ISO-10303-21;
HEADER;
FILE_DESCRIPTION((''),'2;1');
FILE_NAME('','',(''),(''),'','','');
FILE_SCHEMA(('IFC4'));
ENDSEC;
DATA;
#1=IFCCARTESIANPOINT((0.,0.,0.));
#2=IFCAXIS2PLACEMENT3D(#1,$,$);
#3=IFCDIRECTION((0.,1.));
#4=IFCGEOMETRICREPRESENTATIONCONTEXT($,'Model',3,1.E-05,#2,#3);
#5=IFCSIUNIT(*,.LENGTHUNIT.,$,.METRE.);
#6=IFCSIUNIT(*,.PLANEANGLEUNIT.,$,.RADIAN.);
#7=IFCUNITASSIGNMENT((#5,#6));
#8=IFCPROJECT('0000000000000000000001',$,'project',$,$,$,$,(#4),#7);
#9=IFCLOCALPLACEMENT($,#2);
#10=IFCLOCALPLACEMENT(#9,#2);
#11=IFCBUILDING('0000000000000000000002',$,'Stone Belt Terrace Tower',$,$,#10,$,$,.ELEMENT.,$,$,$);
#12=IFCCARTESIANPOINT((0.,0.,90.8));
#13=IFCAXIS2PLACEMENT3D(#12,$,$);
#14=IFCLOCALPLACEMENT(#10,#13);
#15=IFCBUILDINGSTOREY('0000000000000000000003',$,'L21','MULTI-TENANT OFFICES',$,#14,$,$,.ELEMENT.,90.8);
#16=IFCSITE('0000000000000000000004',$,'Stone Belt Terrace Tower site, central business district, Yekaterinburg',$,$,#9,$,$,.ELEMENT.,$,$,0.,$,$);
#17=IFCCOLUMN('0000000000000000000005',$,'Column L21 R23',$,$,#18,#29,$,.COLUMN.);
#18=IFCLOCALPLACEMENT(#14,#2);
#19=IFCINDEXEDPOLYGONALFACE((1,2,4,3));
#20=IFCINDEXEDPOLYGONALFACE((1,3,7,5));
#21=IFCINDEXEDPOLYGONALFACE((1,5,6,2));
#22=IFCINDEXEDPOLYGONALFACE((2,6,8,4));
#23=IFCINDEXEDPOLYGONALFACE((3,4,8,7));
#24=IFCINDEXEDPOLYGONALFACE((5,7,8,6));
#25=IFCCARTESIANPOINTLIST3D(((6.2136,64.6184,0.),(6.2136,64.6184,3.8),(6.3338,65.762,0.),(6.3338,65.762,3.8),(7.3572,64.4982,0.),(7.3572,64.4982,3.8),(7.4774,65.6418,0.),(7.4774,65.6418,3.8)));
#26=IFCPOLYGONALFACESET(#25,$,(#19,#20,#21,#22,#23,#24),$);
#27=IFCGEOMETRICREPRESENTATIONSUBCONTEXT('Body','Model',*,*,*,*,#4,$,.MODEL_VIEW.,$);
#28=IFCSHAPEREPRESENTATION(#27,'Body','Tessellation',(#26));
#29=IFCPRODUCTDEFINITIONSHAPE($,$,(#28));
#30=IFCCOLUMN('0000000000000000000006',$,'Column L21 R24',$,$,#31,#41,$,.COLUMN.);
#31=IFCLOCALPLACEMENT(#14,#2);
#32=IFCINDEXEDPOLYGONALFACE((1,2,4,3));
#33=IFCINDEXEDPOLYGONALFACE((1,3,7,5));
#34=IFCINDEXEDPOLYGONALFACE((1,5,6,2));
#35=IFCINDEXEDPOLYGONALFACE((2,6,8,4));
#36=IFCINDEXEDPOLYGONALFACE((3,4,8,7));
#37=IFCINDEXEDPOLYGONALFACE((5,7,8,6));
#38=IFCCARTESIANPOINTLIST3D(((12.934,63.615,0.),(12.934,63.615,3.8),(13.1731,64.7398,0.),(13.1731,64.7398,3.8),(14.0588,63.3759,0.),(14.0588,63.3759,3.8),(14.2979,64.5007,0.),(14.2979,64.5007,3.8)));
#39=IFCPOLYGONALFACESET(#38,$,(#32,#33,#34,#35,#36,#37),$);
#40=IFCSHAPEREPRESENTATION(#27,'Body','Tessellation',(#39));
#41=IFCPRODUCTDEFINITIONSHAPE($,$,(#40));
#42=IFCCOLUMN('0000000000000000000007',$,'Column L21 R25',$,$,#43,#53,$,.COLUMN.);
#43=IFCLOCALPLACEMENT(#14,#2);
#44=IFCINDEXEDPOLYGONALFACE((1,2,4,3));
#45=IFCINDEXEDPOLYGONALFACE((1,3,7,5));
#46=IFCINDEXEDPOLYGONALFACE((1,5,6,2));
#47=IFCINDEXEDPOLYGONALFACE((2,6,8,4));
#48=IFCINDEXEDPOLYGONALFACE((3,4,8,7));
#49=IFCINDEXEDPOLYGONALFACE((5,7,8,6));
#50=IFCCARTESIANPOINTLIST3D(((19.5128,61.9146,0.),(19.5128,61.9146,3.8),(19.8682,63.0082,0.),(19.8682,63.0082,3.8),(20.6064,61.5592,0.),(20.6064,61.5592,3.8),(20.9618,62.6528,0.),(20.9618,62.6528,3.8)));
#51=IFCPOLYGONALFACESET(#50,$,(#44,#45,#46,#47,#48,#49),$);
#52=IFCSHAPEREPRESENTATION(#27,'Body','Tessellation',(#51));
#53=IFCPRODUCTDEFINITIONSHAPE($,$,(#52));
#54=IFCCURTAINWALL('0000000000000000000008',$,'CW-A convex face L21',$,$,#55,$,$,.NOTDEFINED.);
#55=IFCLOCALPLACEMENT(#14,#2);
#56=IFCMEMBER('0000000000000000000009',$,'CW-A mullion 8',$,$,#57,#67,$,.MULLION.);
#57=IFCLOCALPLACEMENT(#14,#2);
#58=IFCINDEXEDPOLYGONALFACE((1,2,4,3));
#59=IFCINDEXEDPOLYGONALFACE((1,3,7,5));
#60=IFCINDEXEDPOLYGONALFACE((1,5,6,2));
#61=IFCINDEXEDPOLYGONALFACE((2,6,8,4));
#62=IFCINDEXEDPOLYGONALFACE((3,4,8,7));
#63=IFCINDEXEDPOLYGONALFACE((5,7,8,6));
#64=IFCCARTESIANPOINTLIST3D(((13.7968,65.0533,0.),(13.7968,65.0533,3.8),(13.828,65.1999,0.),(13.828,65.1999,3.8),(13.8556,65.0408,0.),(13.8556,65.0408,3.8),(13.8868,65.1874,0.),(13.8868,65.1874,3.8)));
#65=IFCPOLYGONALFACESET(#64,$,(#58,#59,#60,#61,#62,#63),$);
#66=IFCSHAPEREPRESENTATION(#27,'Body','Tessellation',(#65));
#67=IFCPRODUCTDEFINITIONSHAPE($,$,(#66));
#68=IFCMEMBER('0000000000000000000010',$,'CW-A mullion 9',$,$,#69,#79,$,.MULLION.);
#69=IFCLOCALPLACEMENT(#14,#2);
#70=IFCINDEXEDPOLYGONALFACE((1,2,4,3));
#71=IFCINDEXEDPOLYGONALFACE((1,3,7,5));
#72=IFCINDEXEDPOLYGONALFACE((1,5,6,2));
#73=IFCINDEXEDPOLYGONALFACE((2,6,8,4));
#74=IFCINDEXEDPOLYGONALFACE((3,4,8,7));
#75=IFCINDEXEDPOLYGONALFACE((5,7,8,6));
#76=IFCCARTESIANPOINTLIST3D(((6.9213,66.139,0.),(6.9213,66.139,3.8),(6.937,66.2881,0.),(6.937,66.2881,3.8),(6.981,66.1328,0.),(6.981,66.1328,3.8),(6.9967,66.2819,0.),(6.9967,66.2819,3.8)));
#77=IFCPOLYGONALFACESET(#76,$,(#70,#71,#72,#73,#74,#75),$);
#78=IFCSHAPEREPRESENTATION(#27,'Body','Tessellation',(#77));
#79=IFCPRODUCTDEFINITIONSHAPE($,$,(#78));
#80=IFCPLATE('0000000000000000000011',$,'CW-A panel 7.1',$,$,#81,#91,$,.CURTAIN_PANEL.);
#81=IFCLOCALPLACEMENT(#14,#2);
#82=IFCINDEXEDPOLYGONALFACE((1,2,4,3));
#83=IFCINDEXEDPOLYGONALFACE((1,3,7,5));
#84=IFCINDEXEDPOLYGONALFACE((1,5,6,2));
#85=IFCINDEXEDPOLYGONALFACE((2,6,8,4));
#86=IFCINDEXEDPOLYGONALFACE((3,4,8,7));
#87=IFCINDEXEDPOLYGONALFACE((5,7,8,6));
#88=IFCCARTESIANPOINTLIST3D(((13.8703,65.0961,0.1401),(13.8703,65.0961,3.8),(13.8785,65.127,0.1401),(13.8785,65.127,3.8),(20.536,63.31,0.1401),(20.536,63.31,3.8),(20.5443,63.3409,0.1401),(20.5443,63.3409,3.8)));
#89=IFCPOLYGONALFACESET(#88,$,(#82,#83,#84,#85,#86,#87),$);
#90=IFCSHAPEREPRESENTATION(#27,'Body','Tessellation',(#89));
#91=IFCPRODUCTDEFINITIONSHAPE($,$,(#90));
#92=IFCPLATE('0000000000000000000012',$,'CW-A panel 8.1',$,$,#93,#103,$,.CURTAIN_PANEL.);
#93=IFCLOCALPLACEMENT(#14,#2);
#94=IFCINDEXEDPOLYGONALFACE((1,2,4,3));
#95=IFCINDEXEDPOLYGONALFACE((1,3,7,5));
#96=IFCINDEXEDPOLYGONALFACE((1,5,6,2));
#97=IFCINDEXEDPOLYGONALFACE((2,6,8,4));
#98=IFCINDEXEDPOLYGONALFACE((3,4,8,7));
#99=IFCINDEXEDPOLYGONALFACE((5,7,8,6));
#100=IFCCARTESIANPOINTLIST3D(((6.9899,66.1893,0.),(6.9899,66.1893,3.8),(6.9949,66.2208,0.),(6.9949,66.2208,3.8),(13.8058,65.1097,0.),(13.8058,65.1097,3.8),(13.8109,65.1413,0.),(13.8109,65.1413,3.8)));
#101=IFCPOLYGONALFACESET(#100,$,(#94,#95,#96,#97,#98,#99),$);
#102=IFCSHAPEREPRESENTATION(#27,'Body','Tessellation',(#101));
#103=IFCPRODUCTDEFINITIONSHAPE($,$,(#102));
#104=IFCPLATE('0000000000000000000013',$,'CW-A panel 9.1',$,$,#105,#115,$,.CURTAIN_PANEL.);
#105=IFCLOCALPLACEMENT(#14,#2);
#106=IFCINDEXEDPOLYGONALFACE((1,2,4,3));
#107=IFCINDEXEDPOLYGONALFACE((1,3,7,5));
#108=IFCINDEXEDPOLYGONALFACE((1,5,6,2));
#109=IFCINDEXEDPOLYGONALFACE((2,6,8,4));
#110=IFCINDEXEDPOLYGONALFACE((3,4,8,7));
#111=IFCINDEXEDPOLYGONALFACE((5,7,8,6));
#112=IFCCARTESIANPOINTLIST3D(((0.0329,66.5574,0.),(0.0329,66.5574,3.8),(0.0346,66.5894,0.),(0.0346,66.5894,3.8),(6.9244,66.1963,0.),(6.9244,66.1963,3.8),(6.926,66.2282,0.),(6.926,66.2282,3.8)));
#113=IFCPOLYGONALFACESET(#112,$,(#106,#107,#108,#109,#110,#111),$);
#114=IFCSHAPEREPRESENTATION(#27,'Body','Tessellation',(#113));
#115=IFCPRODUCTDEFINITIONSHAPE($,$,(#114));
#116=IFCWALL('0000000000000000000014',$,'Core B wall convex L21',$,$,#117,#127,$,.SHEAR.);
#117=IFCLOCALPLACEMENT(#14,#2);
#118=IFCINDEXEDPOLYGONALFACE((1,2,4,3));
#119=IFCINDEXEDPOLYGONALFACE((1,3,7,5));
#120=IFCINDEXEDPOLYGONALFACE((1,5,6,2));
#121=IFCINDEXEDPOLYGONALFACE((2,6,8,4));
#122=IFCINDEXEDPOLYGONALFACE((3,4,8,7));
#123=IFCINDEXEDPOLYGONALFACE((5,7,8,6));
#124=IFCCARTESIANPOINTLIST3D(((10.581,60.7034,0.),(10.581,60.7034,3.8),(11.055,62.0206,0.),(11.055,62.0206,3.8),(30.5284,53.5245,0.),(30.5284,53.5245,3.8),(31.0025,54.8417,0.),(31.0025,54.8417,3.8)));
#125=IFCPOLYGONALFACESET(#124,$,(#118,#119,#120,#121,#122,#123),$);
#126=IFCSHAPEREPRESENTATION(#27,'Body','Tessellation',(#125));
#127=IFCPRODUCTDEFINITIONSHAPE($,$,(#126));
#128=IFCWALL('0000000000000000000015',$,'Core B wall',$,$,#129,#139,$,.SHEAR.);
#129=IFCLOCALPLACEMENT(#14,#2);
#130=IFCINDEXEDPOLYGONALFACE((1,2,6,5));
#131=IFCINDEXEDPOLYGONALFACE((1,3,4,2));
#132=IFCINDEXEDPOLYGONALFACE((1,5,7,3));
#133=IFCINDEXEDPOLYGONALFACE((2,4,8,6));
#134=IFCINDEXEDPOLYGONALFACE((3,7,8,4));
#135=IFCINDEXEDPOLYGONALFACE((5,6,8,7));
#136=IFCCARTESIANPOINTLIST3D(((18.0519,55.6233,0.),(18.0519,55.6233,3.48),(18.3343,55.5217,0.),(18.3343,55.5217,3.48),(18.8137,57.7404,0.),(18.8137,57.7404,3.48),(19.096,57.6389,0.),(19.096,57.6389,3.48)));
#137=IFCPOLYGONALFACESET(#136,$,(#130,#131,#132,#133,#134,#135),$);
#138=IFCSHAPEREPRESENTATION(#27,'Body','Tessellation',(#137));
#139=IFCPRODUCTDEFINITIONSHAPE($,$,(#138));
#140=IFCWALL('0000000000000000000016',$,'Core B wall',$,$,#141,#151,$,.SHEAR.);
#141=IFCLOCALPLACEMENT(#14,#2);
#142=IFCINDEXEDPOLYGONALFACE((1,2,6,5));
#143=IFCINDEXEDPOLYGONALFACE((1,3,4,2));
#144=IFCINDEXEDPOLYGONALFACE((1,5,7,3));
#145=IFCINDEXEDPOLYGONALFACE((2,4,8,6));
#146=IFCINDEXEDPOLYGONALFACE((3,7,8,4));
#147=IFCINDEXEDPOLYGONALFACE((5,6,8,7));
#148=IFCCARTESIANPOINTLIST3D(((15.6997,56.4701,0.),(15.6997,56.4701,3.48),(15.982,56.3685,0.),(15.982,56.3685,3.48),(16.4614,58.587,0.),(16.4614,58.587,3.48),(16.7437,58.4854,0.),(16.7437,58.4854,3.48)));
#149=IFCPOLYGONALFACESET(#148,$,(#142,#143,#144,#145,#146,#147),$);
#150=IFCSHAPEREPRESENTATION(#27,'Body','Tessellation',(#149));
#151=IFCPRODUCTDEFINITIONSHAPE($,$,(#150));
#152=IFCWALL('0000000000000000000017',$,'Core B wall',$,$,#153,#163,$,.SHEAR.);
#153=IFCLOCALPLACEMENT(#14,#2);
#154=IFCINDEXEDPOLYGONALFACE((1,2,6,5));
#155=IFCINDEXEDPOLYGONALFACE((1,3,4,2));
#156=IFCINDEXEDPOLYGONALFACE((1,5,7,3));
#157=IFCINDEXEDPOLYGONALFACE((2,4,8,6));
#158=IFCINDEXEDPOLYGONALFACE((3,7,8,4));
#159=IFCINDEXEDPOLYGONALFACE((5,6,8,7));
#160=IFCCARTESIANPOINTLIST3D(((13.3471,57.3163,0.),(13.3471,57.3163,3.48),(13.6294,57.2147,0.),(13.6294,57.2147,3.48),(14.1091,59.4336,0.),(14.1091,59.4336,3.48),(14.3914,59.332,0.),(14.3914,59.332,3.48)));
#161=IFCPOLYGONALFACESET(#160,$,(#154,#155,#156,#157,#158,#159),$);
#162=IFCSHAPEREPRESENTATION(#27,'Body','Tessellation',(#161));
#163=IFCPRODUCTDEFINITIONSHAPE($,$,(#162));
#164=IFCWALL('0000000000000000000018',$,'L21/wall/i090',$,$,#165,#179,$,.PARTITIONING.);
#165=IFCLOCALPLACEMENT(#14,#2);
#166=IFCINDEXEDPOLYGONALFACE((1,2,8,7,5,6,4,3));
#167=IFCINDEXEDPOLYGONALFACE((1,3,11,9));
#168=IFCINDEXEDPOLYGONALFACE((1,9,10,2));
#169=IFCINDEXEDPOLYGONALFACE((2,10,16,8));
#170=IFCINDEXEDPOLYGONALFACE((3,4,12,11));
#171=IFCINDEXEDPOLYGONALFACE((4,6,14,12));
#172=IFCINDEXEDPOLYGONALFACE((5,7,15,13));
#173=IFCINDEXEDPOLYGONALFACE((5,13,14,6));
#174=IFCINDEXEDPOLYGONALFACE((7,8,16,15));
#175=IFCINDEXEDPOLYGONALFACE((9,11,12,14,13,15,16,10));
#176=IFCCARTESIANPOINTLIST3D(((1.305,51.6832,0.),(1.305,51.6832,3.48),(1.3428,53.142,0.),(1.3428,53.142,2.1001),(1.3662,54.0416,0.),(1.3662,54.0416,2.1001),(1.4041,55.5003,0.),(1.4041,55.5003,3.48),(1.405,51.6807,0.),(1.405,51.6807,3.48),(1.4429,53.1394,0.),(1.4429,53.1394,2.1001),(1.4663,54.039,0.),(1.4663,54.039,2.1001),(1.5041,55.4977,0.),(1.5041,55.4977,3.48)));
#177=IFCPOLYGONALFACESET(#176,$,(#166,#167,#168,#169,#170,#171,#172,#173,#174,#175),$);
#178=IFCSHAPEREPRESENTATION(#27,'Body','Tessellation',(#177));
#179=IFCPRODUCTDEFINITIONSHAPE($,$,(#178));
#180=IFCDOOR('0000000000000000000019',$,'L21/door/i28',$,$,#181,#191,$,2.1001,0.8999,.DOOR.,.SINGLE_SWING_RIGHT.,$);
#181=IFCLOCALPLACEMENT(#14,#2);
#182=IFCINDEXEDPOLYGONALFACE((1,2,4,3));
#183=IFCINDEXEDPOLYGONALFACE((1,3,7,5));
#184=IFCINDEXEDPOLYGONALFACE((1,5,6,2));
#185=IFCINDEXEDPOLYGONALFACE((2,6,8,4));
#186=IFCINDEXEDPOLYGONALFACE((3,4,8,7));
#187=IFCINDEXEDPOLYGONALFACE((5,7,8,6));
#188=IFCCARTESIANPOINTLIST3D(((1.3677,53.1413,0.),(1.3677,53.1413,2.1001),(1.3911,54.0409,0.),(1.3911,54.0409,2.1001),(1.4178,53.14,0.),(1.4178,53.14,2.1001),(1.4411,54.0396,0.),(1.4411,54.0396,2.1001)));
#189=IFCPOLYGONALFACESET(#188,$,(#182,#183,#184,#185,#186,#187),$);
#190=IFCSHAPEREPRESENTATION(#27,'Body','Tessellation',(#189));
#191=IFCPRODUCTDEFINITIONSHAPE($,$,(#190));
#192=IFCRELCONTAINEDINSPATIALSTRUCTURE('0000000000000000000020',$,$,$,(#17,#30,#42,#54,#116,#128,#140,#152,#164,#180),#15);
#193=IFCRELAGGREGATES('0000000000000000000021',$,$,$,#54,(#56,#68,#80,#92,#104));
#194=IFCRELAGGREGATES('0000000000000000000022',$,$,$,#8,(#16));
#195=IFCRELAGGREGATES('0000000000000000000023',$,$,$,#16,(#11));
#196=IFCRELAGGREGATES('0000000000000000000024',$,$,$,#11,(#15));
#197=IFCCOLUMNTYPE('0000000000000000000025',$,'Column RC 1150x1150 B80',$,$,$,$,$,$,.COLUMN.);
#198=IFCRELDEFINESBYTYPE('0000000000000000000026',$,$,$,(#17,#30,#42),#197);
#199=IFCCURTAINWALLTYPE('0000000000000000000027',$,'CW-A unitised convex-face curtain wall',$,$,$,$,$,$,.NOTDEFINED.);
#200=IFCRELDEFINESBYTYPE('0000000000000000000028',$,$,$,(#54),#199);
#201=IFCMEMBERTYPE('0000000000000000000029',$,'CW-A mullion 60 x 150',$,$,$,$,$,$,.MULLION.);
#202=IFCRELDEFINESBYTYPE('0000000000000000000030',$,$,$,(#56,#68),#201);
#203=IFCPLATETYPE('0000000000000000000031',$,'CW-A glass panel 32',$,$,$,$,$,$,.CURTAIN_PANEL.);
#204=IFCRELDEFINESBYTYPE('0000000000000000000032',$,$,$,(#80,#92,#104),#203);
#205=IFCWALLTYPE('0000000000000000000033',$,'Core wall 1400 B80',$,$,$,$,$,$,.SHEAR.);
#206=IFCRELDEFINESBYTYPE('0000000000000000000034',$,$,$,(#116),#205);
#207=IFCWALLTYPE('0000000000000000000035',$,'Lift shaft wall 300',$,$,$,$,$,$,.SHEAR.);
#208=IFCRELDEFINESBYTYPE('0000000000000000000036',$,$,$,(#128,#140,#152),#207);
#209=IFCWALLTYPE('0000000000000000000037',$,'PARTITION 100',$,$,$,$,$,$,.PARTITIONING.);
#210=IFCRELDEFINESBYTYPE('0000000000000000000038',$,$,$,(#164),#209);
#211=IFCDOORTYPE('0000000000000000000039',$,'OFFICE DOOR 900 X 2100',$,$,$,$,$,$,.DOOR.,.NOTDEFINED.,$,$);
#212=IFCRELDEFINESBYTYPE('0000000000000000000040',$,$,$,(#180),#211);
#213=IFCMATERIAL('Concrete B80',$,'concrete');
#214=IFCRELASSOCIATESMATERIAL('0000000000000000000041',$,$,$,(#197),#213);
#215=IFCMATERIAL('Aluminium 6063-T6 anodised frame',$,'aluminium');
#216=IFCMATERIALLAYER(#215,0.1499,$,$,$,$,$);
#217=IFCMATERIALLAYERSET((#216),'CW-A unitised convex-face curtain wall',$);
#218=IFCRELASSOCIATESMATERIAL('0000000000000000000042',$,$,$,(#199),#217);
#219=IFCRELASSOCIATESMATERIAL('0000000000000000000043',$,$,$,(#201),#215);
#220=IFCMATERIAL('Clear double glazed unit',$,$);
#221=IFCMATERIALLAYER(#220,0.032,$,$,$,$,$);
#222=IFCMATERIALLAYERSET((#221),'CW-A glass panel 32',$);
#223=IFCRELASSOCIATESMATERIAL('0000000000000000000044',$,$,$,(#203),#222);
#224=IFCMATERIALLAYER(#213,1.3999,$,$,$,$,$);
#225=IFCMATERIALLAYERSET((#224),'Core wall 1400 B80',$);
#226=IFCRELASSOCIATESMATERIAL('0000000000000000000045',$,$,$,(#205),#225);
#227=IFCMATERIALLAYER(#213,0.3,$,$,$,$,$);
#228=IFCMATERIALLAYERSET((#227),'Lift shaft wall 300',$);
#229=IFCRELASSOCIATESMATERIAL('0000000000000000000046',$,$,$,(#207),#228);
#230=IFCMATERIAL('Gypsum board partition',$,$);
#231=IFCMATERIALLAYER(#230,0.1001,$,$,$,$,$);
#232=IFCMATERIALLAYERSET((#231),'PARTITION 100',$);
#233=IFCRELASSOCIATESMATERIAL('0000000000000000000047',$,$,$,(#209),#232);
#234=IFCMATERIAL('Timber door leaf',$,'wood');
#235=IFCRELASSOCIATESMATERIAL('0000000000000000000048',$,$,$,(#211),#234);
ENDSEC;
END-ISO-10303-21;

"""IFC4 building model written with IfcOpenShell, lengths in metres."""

from ifc_helpers import new_model, si_unit, direction, frame, frame_2d, origin, origin_2d, place, context, subcontext, project, spatial, rectangle, extrude, material, layer, layer_set, material_profile, profile_set, type_object, element, fill, aggregate, save


model = new_model("IFC4")

# Units and contexts
model_context = context("Model", 3, precision=1e-05, world=origin(), true_north=direction((0.0, 1.0)))
body_context = subcontext(model_context, "Body", "Model", "MODEL_VIEW")
ifc_project = project(units=[si_unit("LENGTHUNIT", "METRE"), si_unit("PLANEANGLEUNIT", "RADIAN")], contexts=[model_context])

# Site, building, storey
site_placement = place(None, origin())
site = spatial("IfcSite", under=ifc_project, at=site_placement, Name="Stone Belt Terrace Tower site, central business district, Yekaterinburg", CompositionType="ELEMENT", RefElevation=0.0)
building_placement = place(site_placement, origin())
building = spatial("IfcBuilding", under=site, at=building_placement, Name="Stone Belt Terrace Tower", CompositionType="ELEMENT")
storey_placement = place(building_placement, frame((0.0, 0.0, 90.8)))
storey = spatial("IfcBuildingStorey", under=building, at=storey_placement, Name="L21", Description="MULTI-TENANT OFFICES", CompositionType="ELEMENT", Elevation=90.8)

# Columns
ifc_material_1 = material(Name="Concrete B80", Category="concrete")
ifc_material_profile_1 = material_profile(ifc_material_1, rectangle(XDim=1.1499, YDim=1.1499, at=origin_2d()), Name="RC 1150x1150")
ifc_profile_set_1 = profile_set([ifc_material_profile_1], Name="Concrete B80")
column_type = type_object("IfcColumnType", Name="Column RC 1150x1150 B80", PredefinedType="COLUMN", material=ifc_profile_set_1)
for number, where, z_axis, x_axis, name in (
    (1, (6.8455, 65.1301, 0.0), (0.0, 0.0, 1.0), (0.994522, -0.104528, 0.0), "Column L21 R23"),
    (2, (13.616, 64.0579, 0.0), (0.0, 0.0, 1.0), (0.978148, -0.207912, 0.0), "Column L21 R24"),
    (3, (20.2373, 62.2837, 0.0), (0.0, 0.0, 1.0), (0.951057, -0.309017, 0.0), "Column L21 R25"),
):
    element("IfcColumn", number, at=place(storey_placement, frame(where, z_axis=z_axis, x_axis=x_axis)), inside=storey, type_object=column_type, Name=name, PredefinedType="COLUMN", context=body_context, shape_type="SweptSolid", body=[
        extrude(rectangle(XDim=1.1499, YDim=1.1499, at=origin_2d()), origin(), (0.0, 0.0, 1.0), 3.8),
    ])

# Curtain wall, members, plates
ifc_material_2 = material(Name="Aluminium 6063-T6 anodised frame", Category="aluminium")
ifc_layer_1 = layer(ifc_material_2, 0.1499)
ifc_layer_set_1 = layer_set([ifc_layer_1], Name="CW-A unitised convex-face curtain wall")
curtain_wall_type = type_object("IfcCurtainWallType", Name="CW-A unitised convex-face curtain wall", PredefinedType="NOTDEFINED", material=ifc_layer_set_1)
curtain_wall_placement = place(storey_placement, origin())
curtain_wall = element("IfcCurtainWall", 4, at=curtain_wall_placement, inside=storey, type_object=curtain_wall_type, Name="CW-A convex face L21", PredefinedType="NOTDEFINED")
ifc_material_profile_2 = material_profile(ifc_material_2, rectangle(XDim=0.1499, YDim=0.0601, at=origin_2d()), Name="Aluminium 6063-T6 60x150")
ifc_profile_set_2 = profile_set([ifc_material_profile_2], Name="Aluminium 6063-T6 anodised frame")
member_type = type_object("IfcMemberType", Name="CW-A mullion 60 x 150", PredefinedType="MULLION", material=ifc_profile_set_2)
member_1_placement = place(storey_placement, frame((13.8418, 65.1204, 0.0), z_axis=(0.0, 0.0, 1.0), x_axis=(-0.207912, -0.978148, 0.0)))
member_1 = element("IfcMember", 5, at=member_1_placement, type_object=member_type, Name="CW-A mullion 8", PredefinedType="MULLION", context=body_context, shape_type="SweptSolid", body=[
    extrude(rectangle(XDim=0.1499, YDim=0.0601, at=origin_2d()), origin(), (0.0, 0.0, 1.0), 3.8),
])
member_2_placement = place(storey_placement, frame((6.959, 66.2104, 0.0), z_axis=(0.0, 0.0, 1.0), x_axis=(-0.104528, -0.994522, 0.0)))
member_2 = element("IfcMember", 6, at=member_2_placement, type_object=member_type, Name="CW-A mullion 9", PredefinedType="MULLION", context=body_context, shape_type="SweptSolid", body=[
    extrude(rectangle(XDim=0.1499, YDim=0.0601, at=origin_2d()), origin(), (0.0, 0.0, 1.0), 3.8),
])
ifc_material_3 = material(Name="Clear double glazed unit")
ifc_layer_2 = layer(ifc_material_3, 0.032)
ifc_layer_set_2 = layer_set([ifc_layer_2], Name="CW-A glass panel 32")
plate_type = type_object("IfcPlateType", Name="CW-A glass panel 32", PredefinedType="CURTAIN_PANEL", material=ifc_layer_set_2)
plate_1_placement = place(storey_placement, frame((17.2073, 64.2185, 0.1401), z_axis=(0.0, 0.0, 1.0), x_axis=(-0.965926, 0.258819, 0.0)))
plate_1 = element("IfcPlate", 7, at=plate_1_placement, type_object=plate_type, Name="CW-A panel 7.1", PredefinedType="CURTAIN_PANEL", context=body_context, shape_type="SweptSolid", body=[
    extrude(rectangle(XDim=6.9009, YDim=0.032, at=origin_2d()), origin(), (0.0, 0.0, 1.0), 3.6599),
])
plate_2_placement = place(storey_placement, frame((10.4004, 65.6653, 0.0), z_axis=(0.0, 0.0, 1.0), x_axis=(-0.987688, 0.156434, 0.0)))
plate_2 = element("IfcPlate", 8, at=plate_2_placement, type_object=plate_type, Name="CW-A panel 8.1", PredefinedType="CURTAIN_PANEL", context=body_context, shape_type="SweptSolid", body=[
    extrude(rectangle(XDim=6.9009, YDim=0.032, at=origin_2d()), origin(), (0.0, 0.0, 1.0), 3.8),
])
plate_3_placement = place(storey_placement, frame((3.4795, 66.3928, 0.0), z_axis=(0.0, 0.0, 1.0), x_axis=(-0.99863, 0.052336, 0.0)))
plate_3 = element("IfcPlate", 9, at=plate_3_placement, type_object=plate_type, Name="CW-A panel 9.1", PredefinedType="CURTAIN_PANEL", context=body_context, shape_type="SweptSolid", body=[
    extrude(rectangle(XDim=6.9009, YDim=0.032, at=origin_2d()), origin(), (0.0, 0.0, 1.0), 3.8),
])
aggregate(curtain_wall, [member_1, member_2, plate_1, plate_2, plate_3])

# Walls
ifc_layer_3 = layer(ifc_material_1, 1.3999)
ifc_layer_set_3 = layer_set([ifc_layer_3], Name="Core wall 1400 B80")
wall_type_1 = type_object("IfcWallType", Name="Core wall 1400 B80", PredefinedType="SHEAR", material=ifc_layer_set_3)
wall_1_placement = place(storey_placement, frame((10.8179, 61.3621, 0.0), z_axis=(0.0, 0.0, 1.0), x_axis=(0.94092, -0.33863, 0.0)))
element("IfcWall", 10, at=wall_1_placement, inside=storey, type_object=wall_type_1, Name="Core B wall convex L21", PredefinedType="SHEAR", context=body_context, shape_type="SweptSolid", body=[
    extrude(rectangle(XDim=21.2, YDim=1.3999, at=frame_2d((10.6001, 0.0))), origin(), (0.0, 0.0, 1.0), 3.8),
])
ifc_layer_4 = layer(ifc_material_1, 0.3)
ifc_layer_set_4 = layer_set([ifc_layer_4], Name="Lift shaft wall 300")
wall_type_2 = type_object("IfcWallType", Name="Lift shaft wall 300", PredefinedType="SHEAR", material=ifc_layer_set_4)
wall_2_placement = place(storey_placement, frame((18.1931, 55.5725, 0.0), z_axis=(0.0, 0.0, 1.0), x_axis=(0.338535, 0.940954, 0.0)))
element("IfcWall", 11, at=wall_2_placement, inside=storey, type_object=wall_type_2, Name="Core B wall", PredefinedType="SHEAR", context=body_context, shape_type="SweptSolid", body=[
    extrude(rectangle(XDim=2.25, YDim=0.3, at=frame_2d((1.125, 0.0))), origin(), (0.0, 0.0, 1.0), 3.48),
])
wall_3_placement = place(storey_placement, frame((15.8408, 56.4192, 0.0), z_axis=(0.0, 0.0, 1.0), x_axis=(0.33857, 0.940941, 0.0)))
element("IfcWall", 12, at=wall_3_placement, inside=storey, type_object=wall_type_2, Name="Core B wall", PredefinedType="SHEAR", context=body_context, shape_type="SweptSolid", body=[
    extrude(rectangle(XDim=2.2498, YDim=0.3, at=frame_2d((1.125, 0.0))), origin(), (0.0, 0.0, 1.0), 3.48),
])
wall_4_placement = place(storey_placement, frame((13.4883, 57.2656, 0.0), z_axis=(0.0, 0.0, 1.0), x_axis=(0.338631, 0.940919, 0.0)))
element("IfcWall", 13, at=wall_4_placement, inside=storey, type_object=wall_type_2, Name="Core B wall", PredefinedType="SHEAR", context=body_context, shape_type="SweptSolid", body=[
    extrude(rectangle(XDim=2.2502, YDim=0.3, at=frame_2d((1.125, 0.0))), origin(), (0.0, 0.0, 1.0), 3.48),
])

# Wall, opening, door
ifc_material_4 = material(Name="Gypsum board partition")
ifc_layer_5 = layer(ifc_material_4, 0.1001)
ifc_layer_set_5 = layer_set([ifc_layer_5], Name="PARTITION 100")
wall_type_3 = type_object("IfcWallType", Name="PARTITION 100", PredefinedType="PARTITIONING", material=ifc_layer_set_5)
wall_5_placement = place(storey_placement, frame((1.4541, 55.499, 0.0), z_axis=(0.0, 0.0, 1.0), x_axis=(-0.025959, -0.999663, 0.0)))
wall_5 = element("IfcWall", 14, at=wall_5_placement, inside=storey, type_object=wall_type_3, Name="L21/wall/i090", PredefinedType="PARTITIONING", context=body_context, shape_type="SweptSolid", body=[
    extrude(rectangle(XDim=3.8184, YDim=0.1001, at=frame_2d((1.9092, 0.0))), origin(), (0.0, 0.0, 1.0), 3.48),
])
opening_1_placement = place(wall_5_placement, frame((1.4592, 0.0, 0.0)))
opening_1 = element("IfcOpeningElement", 15, at=opening_1_placement, cuts=wall_5, PredefinedType="OPENING", context=body_context, shape_type="SweptSolid", body=[
    extrude(rectangle(XDim=0.8999, YDim=2.1001, at=frame_2d((0.45, 1.05))), frame((0.0, 0.0601, 0.0), z_axis=(0.0, -1.0, 0.0), x_axis=(1.0, 0.0, 0.0)), (0.0, 0.0, 1.0), 0.1201),
])
ifc_material_5 = material(Name="Timber door leaf", Category="wood")
door_type_1 = type_object("IfcDoorType", Name="OFFICE DOOR 900 X 2100", OperationType="NOTDEFINED", PredefinedType="DOOR", material=ifc_material_5)
door_1_placement = place(opening_1_placement, origin())
door_1 = element("IfcDoor", 16, at=door_1_placement, inside=storey, type_object=door_type_1, Name="L21/door/i28", OperationType="SINGLE_SWING_RIGHT", OverallHeight=2.1001, OverallWidth=0.8999, PredefinedType="DOOR", context=body_context, shape_type="SweptSolid", body=[
    extrude(rectangle(XDim=0.8999, YDim=2.1001, at=frame_2d((0.45, 1.05))), frame((0.0, 0.0249, 0.0), z_axis=(0.0, -1.0, 0.0), x_axis=(1.0, 0.0, 0.0)), (0.0, 0.0, 1.0), 0.05),
])
fill(opening_1, door_1)

save(model, "model.ifc")
